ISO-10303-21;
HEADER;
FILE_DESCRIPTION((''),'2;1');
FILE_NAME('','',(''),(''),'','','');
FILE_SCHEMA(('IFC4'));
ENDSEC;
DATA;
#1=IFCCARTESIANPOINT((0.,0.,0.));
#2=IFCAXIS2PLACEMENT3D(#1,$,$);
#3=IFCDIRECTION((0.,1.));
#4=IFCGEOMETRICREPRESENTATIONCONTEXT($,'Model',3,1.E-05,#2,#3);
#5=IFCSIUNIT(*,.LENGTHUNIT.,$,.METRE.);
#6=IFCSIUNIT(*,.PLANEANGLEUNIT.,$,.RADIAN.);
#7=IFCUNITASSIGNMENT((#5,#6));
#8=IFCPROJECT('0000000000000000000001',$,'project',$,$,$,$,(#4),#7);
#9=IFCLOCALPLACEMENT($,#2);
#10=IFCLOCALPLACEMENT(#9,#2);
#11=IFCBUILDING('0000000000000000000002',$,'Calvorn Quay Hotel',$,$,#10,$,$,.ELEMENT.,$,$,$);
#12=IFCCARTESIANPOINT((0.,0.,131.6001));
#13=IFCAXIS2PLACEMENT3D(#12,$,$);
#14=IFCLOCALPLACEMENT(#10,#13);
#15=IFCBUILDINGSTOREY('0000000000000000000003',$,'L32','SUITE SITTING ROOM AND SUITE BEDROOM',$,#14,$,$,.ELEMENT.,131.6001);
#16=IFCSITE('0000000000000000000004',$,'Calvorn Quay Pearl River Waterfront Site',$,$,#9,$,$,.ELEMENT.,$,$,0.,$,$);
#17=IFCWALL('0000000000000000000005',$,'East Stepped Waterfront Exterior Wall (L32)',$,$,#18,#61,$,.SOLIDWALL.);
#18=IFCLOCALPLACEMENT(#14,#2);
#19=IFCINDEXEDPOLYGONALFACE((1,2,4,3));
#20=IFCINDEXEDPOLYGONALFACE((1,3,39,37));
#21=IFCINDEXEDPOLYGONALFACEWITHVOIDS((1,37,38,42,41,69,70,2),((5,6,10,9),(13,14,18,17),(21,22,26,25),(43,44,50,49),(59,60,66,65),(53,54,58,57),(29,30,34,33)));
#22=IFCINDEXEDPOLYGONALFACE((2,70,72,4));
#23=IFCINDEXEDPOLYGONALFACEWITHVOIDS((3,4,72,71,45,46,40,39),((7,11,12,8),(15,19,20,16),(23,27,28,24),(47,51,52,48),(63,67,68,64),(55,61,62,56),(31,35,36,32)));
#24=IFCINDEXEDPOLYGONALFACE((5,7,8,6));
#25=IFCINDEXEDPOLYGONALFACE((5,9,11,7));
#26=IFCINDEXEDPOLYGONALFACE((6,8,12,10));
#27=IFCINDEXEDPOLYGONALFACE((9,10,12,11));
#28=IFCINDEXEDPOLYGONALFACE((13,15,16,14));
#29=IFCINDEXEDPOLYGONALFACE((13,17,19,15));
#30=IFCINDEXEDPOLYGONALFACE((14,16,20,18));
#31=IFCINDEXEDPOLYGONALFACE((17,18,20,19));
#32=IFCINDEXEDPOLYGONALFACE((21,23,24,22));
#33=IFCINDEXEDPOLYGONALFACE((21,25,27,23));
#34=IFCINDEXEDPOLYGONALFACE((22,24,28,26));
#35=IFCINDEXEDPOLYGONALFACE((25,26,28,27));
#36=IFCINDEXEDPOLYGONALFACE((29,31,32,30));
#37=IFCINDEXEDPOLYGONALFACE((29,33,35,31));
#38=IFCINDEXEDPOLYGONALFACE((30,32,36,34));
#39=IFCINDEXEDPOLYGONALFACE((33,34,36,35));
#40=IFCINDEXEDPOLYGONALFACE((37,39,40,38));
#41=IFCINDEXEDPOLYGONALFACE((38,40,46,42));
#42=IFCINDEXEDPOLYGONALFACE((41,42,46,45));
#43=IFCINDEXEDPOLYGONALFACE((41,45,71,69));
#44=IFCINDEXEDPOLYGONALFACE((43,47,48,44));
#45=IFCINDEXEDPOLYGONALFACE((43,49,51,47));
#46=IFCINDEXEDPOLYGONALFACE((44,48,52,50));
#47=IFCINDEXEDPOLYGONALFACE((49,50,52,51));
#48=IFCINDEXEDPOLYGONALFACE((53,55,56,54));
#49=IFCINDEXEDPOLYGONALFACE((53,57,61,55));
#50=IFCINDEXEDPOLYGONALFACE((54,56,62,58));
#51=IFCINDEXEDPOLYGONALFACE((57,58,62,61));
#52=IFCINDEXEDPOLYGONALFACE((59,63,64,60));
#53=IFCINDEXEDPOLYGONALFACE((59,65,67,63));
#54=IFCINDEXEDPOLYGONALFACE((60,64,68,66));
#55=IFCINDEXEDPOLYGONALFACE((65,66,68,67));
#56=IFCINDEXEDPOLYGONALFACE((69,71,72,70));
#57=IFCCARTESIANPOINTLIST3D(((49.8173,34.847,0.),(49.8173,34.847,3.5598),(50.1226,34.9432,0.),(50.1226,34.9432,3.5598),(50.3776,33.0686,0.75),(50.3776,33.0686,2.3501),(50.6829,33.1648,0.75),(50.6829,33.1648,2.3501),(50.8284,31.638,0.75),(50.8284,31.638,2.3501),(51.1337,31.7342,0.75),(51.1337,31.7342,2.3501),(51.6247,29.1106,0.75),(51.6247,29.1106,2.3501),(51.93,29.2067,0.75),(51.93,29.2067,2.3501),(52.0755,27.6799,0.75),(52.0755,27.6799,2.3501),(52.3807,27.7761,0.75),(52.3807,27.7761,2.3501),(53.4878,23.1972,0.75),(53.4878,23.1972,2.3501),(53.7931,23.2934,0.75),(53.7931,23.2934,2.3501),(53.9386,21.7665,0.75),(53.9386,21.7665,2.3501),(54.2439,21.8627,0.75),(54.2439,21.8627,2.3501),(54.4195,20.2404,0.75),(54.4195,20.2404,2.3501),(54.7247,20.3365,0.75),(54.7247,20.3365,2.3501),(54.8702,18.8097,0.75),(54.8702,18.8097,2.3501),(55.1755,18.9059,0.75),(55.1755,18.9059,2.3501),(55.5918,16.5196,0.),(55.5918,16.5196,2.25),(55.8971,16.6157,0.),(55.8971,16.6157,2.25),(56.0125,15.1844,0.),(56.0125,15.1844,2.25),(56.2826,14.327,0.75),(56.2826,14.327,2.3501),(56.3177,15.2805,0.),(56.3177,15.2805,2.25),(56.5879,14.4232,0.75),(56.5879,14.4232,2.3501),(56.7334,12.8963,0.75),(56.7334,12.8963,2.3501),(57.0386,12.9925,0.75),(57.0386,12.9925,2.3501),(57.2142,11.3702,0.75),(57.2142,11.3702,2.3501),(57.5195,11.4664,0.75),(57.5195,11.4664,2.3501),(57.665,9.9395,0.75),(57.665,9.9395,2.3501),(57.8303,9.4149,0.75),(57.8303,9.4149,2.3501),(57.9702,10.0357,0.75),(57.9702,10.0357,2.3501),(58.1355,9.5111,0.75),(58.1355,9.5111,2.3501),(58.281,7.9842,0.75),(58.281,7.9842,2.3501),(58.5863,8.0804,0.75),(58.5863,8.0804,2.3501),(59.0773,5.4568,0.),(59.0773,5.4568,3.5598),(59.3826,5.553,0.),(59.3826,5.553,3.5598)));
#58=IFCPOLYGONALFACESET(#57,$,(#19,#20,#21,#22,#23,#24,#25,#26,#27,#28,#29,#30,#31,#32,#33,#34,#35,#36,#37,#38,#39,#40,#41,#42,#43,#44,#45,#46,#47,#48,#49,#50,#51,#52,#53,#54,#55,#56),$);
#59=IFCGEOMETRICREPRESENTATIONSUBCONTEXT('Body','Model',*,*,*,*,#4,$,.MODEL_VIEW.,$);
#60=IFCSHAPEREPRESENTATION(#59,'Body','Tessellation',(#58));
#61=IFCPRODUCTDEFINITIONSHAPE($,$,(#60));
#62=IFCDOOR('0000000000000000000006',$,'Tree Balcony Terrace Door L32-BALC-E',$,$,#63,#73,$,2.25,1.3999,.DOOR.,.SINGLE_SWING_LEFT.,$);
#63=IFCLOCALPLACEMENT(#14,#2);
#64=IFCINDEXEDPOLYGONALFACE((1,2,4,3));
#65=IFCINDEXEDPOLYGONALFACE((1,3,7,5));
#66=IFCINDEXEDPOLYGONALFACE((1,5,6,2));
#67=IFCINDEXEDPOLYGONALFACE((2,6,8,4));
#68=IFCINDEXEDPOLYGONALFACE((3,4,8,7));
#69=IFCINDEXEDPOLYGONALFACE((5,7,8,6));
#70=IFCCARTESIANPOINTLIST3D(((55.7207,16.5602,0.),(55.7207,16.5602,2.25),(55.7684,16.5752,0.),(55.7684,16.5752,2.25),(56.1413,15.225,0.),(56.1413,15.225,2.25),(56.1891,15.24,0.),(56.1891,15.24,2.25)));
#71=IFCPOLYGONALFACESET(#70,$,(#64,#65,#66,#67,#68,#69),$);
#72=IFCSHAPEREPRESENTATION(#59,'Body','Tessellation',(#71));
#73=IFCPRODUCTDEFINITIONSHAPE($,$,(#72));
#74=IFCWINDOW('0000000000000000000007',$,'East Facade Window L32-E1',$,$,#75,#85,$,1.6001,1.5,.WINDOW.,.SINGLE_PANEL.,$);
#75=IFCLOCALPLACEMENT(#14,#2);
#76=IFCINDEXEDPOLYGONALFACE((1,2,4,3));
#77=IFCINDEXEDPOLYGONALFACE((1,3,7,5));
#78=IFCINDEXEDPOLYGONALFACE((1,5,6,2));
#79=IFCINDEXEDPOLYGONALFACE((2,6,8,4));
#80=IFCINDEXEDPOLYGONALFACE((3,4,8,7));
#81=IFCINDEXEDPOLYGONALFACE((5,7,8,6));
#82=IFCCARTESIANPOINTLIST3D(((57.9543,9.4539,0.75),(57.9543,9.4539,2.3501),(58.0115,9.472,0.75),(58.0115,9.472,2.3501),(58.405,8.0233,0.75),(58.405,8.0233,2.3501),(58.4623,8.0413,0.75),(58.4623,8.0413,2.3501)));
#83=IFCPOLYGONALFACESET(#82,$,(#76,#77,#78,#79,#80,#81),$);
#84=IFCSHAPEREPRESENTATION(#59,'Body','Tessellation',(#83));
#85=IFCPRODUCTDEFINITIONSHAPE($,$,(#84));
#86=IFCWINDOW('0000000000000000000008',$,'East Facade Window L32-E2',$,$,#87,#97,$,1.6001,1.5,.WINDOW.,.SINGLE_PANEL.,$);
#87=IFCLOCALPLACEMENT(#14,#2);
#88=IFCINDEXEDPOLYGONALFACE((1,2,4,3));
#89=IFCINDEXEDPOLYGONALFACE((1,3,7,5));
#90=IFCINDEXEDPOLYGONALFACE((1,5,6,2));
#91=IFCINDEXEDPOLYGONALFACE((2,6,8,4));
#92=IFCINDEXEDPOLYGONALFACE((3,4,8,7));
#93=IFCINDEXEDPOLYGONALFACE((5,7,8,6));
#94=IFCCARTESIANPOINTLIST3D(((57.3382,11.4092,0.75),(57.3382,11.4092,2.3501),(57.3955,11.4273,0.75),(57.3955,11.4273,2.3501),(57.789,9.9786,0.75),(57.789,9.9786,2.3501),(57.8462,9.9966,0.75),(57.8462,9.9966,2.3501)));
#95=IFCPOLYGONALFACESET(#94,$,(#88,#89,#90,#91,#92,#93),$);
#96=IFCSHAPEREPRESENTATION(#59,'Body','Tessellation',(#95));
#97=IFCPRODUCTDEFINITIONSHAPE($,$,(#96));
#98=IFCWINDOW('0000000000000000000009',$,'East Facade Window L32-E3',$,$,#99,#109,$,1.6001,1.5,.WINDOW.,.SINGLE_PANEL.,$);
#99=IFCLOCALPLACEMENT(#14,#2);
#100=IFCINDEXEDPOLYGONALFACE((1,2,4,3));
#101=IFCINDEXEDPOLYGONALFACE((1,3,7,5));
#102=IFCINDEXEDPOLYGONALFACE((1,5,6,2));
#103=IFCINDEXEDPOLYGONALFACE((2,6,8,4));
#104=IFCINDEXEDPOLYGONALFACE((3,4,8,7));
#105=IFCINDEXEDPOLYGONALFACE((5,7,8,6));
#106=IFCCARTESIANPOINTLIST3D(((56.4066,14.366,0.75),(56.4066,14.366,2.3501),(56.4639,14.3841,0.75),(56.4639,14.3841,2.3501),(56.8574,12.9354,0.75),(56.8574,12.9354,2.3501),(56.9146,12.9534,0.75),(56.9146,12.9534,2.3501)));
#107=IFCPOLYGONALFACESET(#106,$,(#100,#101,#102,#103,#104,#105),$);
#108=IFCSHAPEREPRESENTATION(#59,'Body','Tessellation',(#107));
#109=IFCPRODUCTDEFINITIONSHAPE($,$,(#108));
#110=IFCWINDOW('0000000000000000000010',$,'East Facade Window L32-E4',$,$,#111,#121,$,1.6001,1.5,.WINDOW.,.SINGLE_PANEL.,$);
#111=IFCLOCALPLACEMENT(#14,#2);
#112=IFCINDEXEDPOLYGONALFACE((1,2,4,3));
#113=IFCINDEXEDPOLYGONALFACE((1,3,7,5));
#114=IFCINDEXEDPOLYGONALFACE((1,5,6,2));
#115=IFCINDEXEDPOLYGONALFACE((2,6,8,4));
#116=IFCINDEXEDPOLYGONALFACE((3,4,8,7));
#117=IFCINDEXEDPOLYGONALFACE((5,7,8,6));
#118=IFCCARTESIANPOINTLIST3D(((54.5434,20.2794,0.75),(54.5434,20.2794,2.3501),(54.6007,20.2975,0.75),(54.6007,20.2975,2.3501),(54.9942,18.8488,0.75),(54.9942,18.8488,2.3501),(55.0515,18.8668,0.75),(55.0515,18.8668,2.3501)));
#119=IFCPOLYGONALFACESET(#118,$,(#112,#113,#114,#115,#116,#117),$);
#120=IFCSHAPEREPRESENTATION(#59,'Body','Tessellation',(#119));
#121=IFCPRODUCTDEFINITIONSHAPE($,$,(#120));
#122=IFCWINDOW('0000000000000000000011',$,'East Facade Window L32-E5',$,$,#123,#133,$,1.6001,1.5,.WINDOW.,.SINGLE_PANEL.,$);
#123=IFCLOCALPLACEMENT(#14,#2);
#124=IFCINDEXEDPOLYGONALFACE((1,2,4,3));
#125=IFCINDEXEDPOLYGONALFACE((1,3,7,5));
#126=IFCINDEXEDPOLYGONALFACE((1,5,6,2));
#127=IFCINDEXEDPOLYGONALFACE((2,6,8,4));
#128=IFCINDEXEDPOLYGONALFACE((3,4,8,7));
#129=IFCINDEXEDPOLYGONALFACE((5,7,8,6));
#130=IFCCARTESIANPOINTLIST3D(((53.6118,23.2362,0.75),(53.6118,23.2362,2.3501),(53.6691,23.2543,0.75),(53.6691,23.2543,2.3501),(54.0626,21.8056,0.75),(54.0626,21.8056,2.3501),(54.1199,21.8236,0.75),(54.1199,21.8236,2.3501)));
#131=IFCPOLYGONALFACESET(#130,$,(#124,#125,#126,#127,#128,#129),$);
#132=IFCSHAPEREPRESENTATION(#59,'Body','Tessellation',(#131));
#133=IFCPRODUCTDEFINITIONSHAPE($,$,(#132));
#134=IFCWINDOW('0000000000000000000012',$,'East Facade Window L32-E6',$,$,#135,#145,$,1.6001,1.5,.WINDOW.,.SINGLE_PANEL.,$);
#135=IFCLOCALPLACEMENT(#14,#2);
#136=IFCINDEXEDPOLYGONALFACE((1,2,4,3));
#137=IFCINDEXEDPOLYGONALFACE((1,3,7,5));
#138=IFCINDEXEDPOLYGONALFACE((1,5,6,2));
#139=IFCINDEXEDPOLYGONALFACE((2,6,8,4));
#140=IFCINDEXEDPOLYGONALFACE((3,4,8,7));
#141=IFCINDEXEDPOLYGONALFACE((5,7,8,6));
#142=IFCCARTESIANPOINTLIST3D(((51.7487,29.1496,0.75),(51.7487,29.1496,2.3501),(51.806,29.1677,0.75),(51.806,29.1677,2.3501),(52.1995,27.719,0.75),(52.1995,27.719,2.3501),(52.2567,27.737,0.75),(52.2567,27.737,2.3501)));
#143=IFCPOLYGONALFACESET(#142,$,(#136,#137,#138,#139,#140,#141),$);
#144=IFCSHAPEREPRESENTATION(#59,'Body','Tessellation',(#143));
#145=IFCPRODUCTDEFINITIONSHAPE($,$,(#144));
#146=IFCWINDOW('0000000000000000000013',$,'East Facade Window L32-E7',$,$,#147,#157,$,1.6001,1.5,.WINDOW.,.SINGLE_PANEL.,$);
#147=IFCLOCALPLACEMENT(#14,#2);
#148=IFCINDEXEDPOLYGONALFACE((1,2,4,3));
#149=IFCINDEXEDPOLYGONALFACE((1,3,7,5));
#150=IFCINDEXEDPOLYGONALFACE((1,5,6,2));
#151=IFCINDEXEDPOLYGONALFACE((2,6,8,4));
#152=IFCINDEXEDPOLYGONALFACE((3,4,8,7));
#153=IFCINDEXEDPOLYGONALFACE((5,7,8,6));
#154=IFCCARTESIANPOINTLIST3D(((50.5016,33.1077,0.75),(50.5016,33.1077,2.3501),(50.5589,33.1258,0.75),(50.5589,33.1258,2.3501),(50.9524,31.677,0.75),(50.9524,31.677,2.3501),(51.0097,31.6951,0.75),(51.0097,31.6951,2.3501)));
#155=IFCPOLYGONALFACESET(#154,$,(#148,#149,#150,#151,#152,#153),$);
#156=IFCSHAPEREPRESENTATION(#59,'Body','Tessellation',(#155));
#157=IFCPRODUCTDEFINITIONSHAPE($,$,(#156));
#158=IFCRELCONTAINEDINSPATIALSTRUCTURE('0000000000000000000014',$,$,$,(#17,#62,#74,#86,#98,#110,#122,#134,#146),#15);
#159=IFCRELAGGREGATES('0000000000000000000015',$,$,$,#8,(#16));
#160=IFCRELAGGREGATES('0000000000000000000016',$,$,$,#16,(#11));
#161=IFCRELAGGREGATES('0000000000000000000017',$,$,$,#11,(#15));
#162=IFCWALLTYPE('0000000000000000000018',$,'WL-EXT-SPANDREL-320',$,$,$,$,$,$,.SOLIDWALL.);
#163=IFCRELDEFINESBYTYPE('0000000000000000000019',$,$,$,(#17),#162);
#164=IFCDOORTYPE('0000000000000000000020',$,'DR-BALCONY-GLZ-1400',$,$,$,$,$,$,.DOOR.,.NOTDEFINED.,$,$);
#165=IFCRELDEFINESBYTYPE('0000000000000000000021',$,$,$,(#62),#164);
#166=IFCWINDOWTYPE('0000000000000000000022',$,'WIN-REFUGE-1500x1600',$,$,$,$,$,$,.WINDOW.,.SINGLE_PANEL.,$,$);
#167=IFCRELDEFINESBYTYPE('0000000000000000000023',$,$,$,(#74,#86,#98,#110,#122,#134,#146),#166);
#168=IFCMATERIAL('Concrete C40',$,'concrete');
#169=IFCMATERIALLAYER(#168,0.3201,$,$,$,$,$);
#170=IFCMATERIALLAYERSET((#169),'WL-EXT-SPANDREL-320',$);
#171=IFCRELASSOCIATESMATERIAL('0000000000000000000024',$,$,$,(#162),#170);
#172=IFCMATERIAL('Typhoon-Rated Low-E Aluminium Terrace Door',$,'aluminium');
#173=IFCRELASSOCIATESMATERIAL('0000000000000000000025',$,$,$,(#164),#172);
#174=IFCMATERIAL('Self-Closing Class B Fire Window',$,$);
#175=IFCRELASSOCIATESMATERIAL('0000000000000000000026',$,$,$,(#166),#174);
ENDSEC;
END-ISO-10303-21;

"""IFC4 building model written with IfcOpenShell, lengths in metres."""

from ifc_helpers import new_model, si_unit, direction, frame, frame_2d, origin, place, context, subcontext, project, spatial, rectangle, extrude, material, layer, layer_set, type_object, element, fill, save


model = new_model("IFC4")

# Units and contexts
model_context = context("Model", 3, precision=1e-05, world=origin(), true_north=direction((0.0, 1.0)))
body_context = subcontext(model_context, "Body", "Model", "MODEL_VIEW")
ifc_project = project(units=[si_unit("LENGTHUNIT", "METRE"), si_unit("PLANEANGLEUNIT", "RADIAN")], contexts=[model_context])

# Site, building, storey
site_placement = place(None, origin())
site = spatial("IfcSite", under=ifc_project, at=site_placement, Name="Calvorn Quay Pearl River Waterfront Site", CompositionType="ELEMENT", RefElevation=0.0)
building_placement = place(site_placement, origin())
building = spatial("IfcBuilding", under=site, at=building_placement, Name="Calvorn Quay Hotel", CompositionType="ELEMENT")
storey_placement = place(building_placement, frame((0.0, 0.0, 131.6001)))
storey = spatial("IfcBuildingStorey", under=building, at=storey_placement, Name="L32", Description="SUITE SITTING ROOM AND SUITE BEDROOM", CompositionType="ELEMENT", Elevation=131.6001)

# Shared definitions
ifc_material_1 = material(Name="Concrete C40", Category="concrete")
ifc_layer_1 = layer(ifc_material_1, 0.3201)
ifc_layer_set_1 = layer_set([ifc_layer_1], Name="WL-EXT-SPANDREL-320")
wall_type_1 = type_object("IfcWallType", Name="WL-EXT-SPANDREL-320", PredefinedType="SOLIDWALL", material=ifc_layer_set_1)

# Wall, openings, door, windows
wall_1_placement = place(storey_placement, frame((59.23, 5.5049, 0.0), z_axis=(0.0, 0.0, 1.0), x_axis=(-0.300509, 0.953779, 0.0)))
wall_1 = element("IfcWall", 1, at=wall_1_placement, inside=storey, type_object=wall_type_1, Name="East Stepped Waterfront Exterior Wall (L32)", PredefinedType="SOLIDWALL", context=body_context, shape_type="SweptSolid", body=[
    extrude(rectangle(XDim=30.8145, YDim=0.3201, at=frame_2d((15.4072, 0.0))), origin(), (0.0, 0.0, 1.0), 3.5598),
])
opening_1_placement = place(wall_1_placement, frame((10.199, 0.0, 0.0)))
opening_1 = element("IfcOpeningElement", 2, at=opening_1_placement, cuts=wall_1, PredefinedType="OPENING", context=body_context, shape_type="SweptSolid", body=[
    extrude(rectangle(XDim=1.3999, YDim=2.25, at=frame_2d((0.7, 1.125))), frame((0.0, 0.1699, 0.0), z_axis=(0.0, -1.0, 0.0), x_axis=(1.0, 0.0, 0.0)), (0.0, 0.0, 1.0), 0.3401),
])
opening_2_placement = place(wall_1_placement, frame((2.6499, 0.0, 0.75)))
opening_2 = element("IfcOpeningElement", 3, at=opening_2_placement, cuts=wall_1, PredefinedType="OPENING", context=body_context, shape_type="SweptSolid", body=[
    extrude(rectangle(XDim=1.5, YDim=1.6001, at=frame_2d((0.75, 0.8))), frame((0.0, 0.1699, 0.0), z_axis=(0.0, -1.0, 0.0), x_axis=(1.0, 0.0, 0.0)), (0.0, 0.0, 1.0), 0.3401),
])
opening_3_placement = place(wall_1_placement, frame((4.7, 0.0, 0.75)))
opening_3 = element("IfcOpeningElement", 4, at=opening_3_placement, cuts=wall_1, PredefinedType="OPENING", context=body_context, shape_type="SweptSolid", body=[
    extrude(rectangle(XDim=1.5, YDim=1.6001, at=frame_2d((0.75, 0.8))), frame((0.0, 0.1699, 0.0), z_axis=(0.0, -1.0, 0.0), x_axis=(1.0, 0.0, 0.0)), (0.0, 0.0, 1.0), 0.3401),
])
opening_4_placement = place(wall_1_placement, frame((7.8, 0.0, 0.75)))
opening_4 = element("IfcOpeningElement", 5, at=opening_4_placement, cuts=wall_1, PredefinedType="OPENING", context=body_context, shape_type="SweptSolid", body=[
    extrude(rectangle(XDim=1.5, YDim=1.6001, at=frame_2d((0.75, 0.8))), frame((0.0, 0.1699, 0.0), z_axis=(0.0, -1.0, 0.0), x_axis=(1.0, 0.0, 0.0)), (0.0, 0.0, 1.0), 0.3401),
])
opening_5_placement = place(wall_1_placement, frame((14.0, 0.0, 0.75)))
opening_5 = element("IfcOpeningElement", 6, at=opening_5_placement, cuts=wall_1, PredefinedType="OPENING", context=body_context, shape_type="SweptSolid", body=[
    extrude(rectangle(XDim=1.5, YDim=1.6001, at=frame_2d((0.75, 0.8))), frame((0.0, 0.1699, 0.0), z_axis=(0.0, -1.0, 0.0), x_axis=(1.0, 0.0, 0.0)), (0.0, 0.0, 1.0), 0.3401),
])
opening_6_placement = place(wall_1_placement, frame((17.1001, 0.0, 0.75)))
opening_6 = element("IfcOpeningElement", 7, at=opening_6_placement, cuts=wall_1, PredefinedType="OPENING", context=body_context, shape_type="SweptSolid", body=[
    extrude(rectangle(XDim=1.5, YDim=1.6001, at=frame_2d((0.75, 0.8))), frame((0.0, 0.1699, 0.0), z_axis=(0.0, -1.0, 0.0), x_axis=(1.0, 0.0, 0.0)), (0.0, 0.0, 1.0), 0.3401),
])
opening_7_placement = place(wall_1_placement, frame((23.3, 0.0, 0.75)))
opening_7 = element("IfcOpeningElement", 8, at=opening_7_placement, cuts=wall_1, PredefinedType="OPENING", context=body_context, shape_type="SweptSolid", body=[
    extrude(rectangle(XDim=1.5, YDim=1.6001, at=frame_2d((0.75, 0.8))), frame((0.0, 0.1699, 0.0), z_axis=(0.0, -1.0, 0.0), x_axis=(1.0, 0.0, 0.0)), (0.0, 0.0, 1.0), 0.3401),
])
opening_8_placement = place(wall_1_placement, frame((27.45, 0.0, 0.75)))
opening_8 = element("IfcOpeningElement", 9, at=opening_8_placement, cuts=wall_1, PredefinedType="OPENING", context=body_context, shape_type="SweptSolid", body=[
    extrude(rectangle(XDim=1.5, YDim=1.6001, at=frame_2d((0.75, 0.8))), frame((0.0, 0.1699, 0.0), z_axis=(0.0, -1.0, 0.0), x_axis=(1.0, 0.0, 0.0)), (0.0, 0.0, 1.0), 0.3401),
])
ifc_material_2 = material(Name="Typhoon-Rated Low-E Aluminium Terrace Door", Category="aluminium")
door_type_1 = type_object("IfcDoorType", Name="DR-BALCONY-GLZ-1400", OperationType="NOTDEFINED", PredefinedType="DOOR", material=ifc_material_2)
door_1_placement = place(opening_1_placement, origin())
door_1 = element("IfcDoor", 10, at=door_1_placement, inside=storey, type_object=door_type_1, Name="Tree Balcony Terrace Door L32-BALC-E", OperationType="SINGLE_SWING_LEFT", OverallHeight=2.25, OverallWidth=1.3999, PredefinedType="DOOR", context=body_context, shape_type="SweptSolid", body=[
    extrude(rectangle(XDim=1.3999, YDim=2.25, at=frame_2d((0.7, 1.125))), frame((0.0, 0.0249, 0.0), z_axis=(0.0, -1.0, 0.0), x_axis=(1.0, 0.0, 0.0)), (0.0, 0.0, 1.0), 0.05),
])
fill(opening_1, door_1)
ifc_material_3 = material(Name="Self-Closing Class B Fire Window")
window_type = type_object("IfcWindowType", Name="WIN-REFUGE-1500x1600", PartitioningType="SINGLE_PANEL", PredefinedType="WINDOW", material=ifc_material_3)
window_1_placement = place(opening_2_placement, origin())
window_1 = element("IfcWindow", 11, at=window_1_placement, inside=storey, type_object=window_type, Name="East Facade Window L32-E1", OverallHeight=1.6001, OverallWidth=1.5, PartitioningType="SINGLE_PANEL", PredefinedType="WINDOW", context=body_context, shape_type="SweptSolid", body=[
    extrude(rectangle(XDim=1.5, YDim=1.6001, at=frame_2d((0.75, 0.8))), frame((0.0, 0.03, 0.0), z_axis=(0.0, -1.0, 0.0), x_axis=(1.0, 0.0, 0.0)), (0.0, 0.0, 1.0), 0.0601),
])
fill(opening_2, window_1)
window_2_placement = place(opening_3_placement, origin())
window_2 = element("IfcWindow", 12, at=window_2_placement, inside=storey, type_object=window_type, Name="East Facade Window L32-E2", OverallHeight=1.6001, OverallWidth=1.5, PartitioningType="SINGLE_PANEL", PredefinedType="WINDOW", context=body_context, shape_type="SweptSolid", body=[
    extrude(rectangle(XDim=1.5, YDim=1.6001, at=frame_2d((0.75, 0.8))), frame((0.0, 0.03, 0.0), z_axis=(0.0, -1.0, 0.0), x_axis=(1.0, 0.0, 0.0)), (0.0, 0.0, 1.0), 0.0601),
])
fill(opening_3, window_2)
window_3_placement = place(opening_4_placement, origin())
window_3 = element("IfcWindow", 13, at=window_3_placement, inside=storey, type_object=window_type, Name="East Facade Window L32-E3", OverallHeight=1.6001, OverallWidth=1.5, PartitioningType="SINGLE_PANEL", PredefinedType="WINDOW", context=body_context, shape_type="SweptSolid", body=[
    extrude(rectangle(XDim=1.5, YDim=1.6001, at=frame_2d((0.75, 0.8))), frame((0.0, 0.03, 0.0), z_axis=(0.0, -1.0, 0.0), x_axis=(1.0, 0.0, 0.0)), (0.0, 0.0, 1.0), 0.0601),
])
fill(opening_4, window_3)
window_4_placement = place(opening_5_placement, origin())
window_4 = element("IfcWindow", 14, at=window_4_placement, inside=storey, type_object=window_type, Name="East Facade Window L32-E4", OverallHeight=1.6001, OverallWidth=1.5, PartitioningType="SINGLE_PANEL", PredefinedType="WINDOW", context=body_context, shape_type="SweptSolid", body=[
    extrude(rectangle(XDim=1.5, YDim=1.6001, at=frame_2d((0.75, 0.8))), frame((0.0, 0.03, 0.0), z_axis=(0.0, -1.0, 0.0), x_axis=(1.0, 0.0, 0.0)), (0.0, 0.0, 1.0), 0.0601),
])
fill(opening_5, window_4)
window_5_placement = place(opening_6_placement, origin())
window_5 = element("IfcWindow", 15, at=window_5_placement, inside=storey, type_object=window_type, Name="East Facade Window L32-E5", OverallHeight=1.6001, OverallWidth=1.5, PartitioningType="SINGLE_PANEL", PredefinedType="WINDOW", context=body_context, shape_type="SweptSolid", body=[
    extrude(rectangle(XDim=1.5, YDim=1.6001, at=frame_2d((0.75, 0.8))), frame((0.0, 0.03, 0.0), z_axis=(0.0, -1.0, 0.0), x_axis=(1.0, 0.0, 0.0)), (0.0, 0.0, 1.0), 0.0601),
])
fill(opening_6, window_5)
window_6_placement = place(opening_7_placement, origin())
window_6 = element("IfcWindow", 16, at=window_6_placement, inside=storey, type_object=window_type, Name="East Facade Window L32-E6", OverallHeight=1.6001, OverallWidth=1.5, PartitioningType="SINGLE_PANEL", PredefinedType="WINDOW", context=body_context, shape_type="SweptSolid", body=[
    extrude(rectangle(XDim=1.5, YDim=1.6001, at=frame_2d((0.75, 0.8))), frame((0.0, 0.03, 0.0), z_axis=(0.0, -1.0, 0.0), x_axis=(1.0, 0.0, 0.0)), (0.0, 0.0, 1.0), 0.0601),
])
fill(opening_7, window_6)
window_7_placement = place(opening_8_placement, origin())
window_7 = element("IfcWindow", 17, at=window_7_placement, inside=storey, type_object=window_type, Name="East Facade Window L32-E7", OverallHeight=1.6001, OverallWidth=1.5, PartitioningType="SINGLE_PANEL", PredefinedType="WINDOW", context=body_context, shape_type="SweptSolid", body=[
    extrude(rectangle(XDim=1.5, YDim=1.6001, at=frame_2d((0.75, 0.8))), frame((0.0, 0.03, 0.0), z_axis=(0.0, -1.0, 0.0), x_axis=(1.0, 0.0, 0.0)), (0.0, 0.0, 1.0), 0.0601),
])
fill(opening_8, window_7)

save(model, "model.ifc")
